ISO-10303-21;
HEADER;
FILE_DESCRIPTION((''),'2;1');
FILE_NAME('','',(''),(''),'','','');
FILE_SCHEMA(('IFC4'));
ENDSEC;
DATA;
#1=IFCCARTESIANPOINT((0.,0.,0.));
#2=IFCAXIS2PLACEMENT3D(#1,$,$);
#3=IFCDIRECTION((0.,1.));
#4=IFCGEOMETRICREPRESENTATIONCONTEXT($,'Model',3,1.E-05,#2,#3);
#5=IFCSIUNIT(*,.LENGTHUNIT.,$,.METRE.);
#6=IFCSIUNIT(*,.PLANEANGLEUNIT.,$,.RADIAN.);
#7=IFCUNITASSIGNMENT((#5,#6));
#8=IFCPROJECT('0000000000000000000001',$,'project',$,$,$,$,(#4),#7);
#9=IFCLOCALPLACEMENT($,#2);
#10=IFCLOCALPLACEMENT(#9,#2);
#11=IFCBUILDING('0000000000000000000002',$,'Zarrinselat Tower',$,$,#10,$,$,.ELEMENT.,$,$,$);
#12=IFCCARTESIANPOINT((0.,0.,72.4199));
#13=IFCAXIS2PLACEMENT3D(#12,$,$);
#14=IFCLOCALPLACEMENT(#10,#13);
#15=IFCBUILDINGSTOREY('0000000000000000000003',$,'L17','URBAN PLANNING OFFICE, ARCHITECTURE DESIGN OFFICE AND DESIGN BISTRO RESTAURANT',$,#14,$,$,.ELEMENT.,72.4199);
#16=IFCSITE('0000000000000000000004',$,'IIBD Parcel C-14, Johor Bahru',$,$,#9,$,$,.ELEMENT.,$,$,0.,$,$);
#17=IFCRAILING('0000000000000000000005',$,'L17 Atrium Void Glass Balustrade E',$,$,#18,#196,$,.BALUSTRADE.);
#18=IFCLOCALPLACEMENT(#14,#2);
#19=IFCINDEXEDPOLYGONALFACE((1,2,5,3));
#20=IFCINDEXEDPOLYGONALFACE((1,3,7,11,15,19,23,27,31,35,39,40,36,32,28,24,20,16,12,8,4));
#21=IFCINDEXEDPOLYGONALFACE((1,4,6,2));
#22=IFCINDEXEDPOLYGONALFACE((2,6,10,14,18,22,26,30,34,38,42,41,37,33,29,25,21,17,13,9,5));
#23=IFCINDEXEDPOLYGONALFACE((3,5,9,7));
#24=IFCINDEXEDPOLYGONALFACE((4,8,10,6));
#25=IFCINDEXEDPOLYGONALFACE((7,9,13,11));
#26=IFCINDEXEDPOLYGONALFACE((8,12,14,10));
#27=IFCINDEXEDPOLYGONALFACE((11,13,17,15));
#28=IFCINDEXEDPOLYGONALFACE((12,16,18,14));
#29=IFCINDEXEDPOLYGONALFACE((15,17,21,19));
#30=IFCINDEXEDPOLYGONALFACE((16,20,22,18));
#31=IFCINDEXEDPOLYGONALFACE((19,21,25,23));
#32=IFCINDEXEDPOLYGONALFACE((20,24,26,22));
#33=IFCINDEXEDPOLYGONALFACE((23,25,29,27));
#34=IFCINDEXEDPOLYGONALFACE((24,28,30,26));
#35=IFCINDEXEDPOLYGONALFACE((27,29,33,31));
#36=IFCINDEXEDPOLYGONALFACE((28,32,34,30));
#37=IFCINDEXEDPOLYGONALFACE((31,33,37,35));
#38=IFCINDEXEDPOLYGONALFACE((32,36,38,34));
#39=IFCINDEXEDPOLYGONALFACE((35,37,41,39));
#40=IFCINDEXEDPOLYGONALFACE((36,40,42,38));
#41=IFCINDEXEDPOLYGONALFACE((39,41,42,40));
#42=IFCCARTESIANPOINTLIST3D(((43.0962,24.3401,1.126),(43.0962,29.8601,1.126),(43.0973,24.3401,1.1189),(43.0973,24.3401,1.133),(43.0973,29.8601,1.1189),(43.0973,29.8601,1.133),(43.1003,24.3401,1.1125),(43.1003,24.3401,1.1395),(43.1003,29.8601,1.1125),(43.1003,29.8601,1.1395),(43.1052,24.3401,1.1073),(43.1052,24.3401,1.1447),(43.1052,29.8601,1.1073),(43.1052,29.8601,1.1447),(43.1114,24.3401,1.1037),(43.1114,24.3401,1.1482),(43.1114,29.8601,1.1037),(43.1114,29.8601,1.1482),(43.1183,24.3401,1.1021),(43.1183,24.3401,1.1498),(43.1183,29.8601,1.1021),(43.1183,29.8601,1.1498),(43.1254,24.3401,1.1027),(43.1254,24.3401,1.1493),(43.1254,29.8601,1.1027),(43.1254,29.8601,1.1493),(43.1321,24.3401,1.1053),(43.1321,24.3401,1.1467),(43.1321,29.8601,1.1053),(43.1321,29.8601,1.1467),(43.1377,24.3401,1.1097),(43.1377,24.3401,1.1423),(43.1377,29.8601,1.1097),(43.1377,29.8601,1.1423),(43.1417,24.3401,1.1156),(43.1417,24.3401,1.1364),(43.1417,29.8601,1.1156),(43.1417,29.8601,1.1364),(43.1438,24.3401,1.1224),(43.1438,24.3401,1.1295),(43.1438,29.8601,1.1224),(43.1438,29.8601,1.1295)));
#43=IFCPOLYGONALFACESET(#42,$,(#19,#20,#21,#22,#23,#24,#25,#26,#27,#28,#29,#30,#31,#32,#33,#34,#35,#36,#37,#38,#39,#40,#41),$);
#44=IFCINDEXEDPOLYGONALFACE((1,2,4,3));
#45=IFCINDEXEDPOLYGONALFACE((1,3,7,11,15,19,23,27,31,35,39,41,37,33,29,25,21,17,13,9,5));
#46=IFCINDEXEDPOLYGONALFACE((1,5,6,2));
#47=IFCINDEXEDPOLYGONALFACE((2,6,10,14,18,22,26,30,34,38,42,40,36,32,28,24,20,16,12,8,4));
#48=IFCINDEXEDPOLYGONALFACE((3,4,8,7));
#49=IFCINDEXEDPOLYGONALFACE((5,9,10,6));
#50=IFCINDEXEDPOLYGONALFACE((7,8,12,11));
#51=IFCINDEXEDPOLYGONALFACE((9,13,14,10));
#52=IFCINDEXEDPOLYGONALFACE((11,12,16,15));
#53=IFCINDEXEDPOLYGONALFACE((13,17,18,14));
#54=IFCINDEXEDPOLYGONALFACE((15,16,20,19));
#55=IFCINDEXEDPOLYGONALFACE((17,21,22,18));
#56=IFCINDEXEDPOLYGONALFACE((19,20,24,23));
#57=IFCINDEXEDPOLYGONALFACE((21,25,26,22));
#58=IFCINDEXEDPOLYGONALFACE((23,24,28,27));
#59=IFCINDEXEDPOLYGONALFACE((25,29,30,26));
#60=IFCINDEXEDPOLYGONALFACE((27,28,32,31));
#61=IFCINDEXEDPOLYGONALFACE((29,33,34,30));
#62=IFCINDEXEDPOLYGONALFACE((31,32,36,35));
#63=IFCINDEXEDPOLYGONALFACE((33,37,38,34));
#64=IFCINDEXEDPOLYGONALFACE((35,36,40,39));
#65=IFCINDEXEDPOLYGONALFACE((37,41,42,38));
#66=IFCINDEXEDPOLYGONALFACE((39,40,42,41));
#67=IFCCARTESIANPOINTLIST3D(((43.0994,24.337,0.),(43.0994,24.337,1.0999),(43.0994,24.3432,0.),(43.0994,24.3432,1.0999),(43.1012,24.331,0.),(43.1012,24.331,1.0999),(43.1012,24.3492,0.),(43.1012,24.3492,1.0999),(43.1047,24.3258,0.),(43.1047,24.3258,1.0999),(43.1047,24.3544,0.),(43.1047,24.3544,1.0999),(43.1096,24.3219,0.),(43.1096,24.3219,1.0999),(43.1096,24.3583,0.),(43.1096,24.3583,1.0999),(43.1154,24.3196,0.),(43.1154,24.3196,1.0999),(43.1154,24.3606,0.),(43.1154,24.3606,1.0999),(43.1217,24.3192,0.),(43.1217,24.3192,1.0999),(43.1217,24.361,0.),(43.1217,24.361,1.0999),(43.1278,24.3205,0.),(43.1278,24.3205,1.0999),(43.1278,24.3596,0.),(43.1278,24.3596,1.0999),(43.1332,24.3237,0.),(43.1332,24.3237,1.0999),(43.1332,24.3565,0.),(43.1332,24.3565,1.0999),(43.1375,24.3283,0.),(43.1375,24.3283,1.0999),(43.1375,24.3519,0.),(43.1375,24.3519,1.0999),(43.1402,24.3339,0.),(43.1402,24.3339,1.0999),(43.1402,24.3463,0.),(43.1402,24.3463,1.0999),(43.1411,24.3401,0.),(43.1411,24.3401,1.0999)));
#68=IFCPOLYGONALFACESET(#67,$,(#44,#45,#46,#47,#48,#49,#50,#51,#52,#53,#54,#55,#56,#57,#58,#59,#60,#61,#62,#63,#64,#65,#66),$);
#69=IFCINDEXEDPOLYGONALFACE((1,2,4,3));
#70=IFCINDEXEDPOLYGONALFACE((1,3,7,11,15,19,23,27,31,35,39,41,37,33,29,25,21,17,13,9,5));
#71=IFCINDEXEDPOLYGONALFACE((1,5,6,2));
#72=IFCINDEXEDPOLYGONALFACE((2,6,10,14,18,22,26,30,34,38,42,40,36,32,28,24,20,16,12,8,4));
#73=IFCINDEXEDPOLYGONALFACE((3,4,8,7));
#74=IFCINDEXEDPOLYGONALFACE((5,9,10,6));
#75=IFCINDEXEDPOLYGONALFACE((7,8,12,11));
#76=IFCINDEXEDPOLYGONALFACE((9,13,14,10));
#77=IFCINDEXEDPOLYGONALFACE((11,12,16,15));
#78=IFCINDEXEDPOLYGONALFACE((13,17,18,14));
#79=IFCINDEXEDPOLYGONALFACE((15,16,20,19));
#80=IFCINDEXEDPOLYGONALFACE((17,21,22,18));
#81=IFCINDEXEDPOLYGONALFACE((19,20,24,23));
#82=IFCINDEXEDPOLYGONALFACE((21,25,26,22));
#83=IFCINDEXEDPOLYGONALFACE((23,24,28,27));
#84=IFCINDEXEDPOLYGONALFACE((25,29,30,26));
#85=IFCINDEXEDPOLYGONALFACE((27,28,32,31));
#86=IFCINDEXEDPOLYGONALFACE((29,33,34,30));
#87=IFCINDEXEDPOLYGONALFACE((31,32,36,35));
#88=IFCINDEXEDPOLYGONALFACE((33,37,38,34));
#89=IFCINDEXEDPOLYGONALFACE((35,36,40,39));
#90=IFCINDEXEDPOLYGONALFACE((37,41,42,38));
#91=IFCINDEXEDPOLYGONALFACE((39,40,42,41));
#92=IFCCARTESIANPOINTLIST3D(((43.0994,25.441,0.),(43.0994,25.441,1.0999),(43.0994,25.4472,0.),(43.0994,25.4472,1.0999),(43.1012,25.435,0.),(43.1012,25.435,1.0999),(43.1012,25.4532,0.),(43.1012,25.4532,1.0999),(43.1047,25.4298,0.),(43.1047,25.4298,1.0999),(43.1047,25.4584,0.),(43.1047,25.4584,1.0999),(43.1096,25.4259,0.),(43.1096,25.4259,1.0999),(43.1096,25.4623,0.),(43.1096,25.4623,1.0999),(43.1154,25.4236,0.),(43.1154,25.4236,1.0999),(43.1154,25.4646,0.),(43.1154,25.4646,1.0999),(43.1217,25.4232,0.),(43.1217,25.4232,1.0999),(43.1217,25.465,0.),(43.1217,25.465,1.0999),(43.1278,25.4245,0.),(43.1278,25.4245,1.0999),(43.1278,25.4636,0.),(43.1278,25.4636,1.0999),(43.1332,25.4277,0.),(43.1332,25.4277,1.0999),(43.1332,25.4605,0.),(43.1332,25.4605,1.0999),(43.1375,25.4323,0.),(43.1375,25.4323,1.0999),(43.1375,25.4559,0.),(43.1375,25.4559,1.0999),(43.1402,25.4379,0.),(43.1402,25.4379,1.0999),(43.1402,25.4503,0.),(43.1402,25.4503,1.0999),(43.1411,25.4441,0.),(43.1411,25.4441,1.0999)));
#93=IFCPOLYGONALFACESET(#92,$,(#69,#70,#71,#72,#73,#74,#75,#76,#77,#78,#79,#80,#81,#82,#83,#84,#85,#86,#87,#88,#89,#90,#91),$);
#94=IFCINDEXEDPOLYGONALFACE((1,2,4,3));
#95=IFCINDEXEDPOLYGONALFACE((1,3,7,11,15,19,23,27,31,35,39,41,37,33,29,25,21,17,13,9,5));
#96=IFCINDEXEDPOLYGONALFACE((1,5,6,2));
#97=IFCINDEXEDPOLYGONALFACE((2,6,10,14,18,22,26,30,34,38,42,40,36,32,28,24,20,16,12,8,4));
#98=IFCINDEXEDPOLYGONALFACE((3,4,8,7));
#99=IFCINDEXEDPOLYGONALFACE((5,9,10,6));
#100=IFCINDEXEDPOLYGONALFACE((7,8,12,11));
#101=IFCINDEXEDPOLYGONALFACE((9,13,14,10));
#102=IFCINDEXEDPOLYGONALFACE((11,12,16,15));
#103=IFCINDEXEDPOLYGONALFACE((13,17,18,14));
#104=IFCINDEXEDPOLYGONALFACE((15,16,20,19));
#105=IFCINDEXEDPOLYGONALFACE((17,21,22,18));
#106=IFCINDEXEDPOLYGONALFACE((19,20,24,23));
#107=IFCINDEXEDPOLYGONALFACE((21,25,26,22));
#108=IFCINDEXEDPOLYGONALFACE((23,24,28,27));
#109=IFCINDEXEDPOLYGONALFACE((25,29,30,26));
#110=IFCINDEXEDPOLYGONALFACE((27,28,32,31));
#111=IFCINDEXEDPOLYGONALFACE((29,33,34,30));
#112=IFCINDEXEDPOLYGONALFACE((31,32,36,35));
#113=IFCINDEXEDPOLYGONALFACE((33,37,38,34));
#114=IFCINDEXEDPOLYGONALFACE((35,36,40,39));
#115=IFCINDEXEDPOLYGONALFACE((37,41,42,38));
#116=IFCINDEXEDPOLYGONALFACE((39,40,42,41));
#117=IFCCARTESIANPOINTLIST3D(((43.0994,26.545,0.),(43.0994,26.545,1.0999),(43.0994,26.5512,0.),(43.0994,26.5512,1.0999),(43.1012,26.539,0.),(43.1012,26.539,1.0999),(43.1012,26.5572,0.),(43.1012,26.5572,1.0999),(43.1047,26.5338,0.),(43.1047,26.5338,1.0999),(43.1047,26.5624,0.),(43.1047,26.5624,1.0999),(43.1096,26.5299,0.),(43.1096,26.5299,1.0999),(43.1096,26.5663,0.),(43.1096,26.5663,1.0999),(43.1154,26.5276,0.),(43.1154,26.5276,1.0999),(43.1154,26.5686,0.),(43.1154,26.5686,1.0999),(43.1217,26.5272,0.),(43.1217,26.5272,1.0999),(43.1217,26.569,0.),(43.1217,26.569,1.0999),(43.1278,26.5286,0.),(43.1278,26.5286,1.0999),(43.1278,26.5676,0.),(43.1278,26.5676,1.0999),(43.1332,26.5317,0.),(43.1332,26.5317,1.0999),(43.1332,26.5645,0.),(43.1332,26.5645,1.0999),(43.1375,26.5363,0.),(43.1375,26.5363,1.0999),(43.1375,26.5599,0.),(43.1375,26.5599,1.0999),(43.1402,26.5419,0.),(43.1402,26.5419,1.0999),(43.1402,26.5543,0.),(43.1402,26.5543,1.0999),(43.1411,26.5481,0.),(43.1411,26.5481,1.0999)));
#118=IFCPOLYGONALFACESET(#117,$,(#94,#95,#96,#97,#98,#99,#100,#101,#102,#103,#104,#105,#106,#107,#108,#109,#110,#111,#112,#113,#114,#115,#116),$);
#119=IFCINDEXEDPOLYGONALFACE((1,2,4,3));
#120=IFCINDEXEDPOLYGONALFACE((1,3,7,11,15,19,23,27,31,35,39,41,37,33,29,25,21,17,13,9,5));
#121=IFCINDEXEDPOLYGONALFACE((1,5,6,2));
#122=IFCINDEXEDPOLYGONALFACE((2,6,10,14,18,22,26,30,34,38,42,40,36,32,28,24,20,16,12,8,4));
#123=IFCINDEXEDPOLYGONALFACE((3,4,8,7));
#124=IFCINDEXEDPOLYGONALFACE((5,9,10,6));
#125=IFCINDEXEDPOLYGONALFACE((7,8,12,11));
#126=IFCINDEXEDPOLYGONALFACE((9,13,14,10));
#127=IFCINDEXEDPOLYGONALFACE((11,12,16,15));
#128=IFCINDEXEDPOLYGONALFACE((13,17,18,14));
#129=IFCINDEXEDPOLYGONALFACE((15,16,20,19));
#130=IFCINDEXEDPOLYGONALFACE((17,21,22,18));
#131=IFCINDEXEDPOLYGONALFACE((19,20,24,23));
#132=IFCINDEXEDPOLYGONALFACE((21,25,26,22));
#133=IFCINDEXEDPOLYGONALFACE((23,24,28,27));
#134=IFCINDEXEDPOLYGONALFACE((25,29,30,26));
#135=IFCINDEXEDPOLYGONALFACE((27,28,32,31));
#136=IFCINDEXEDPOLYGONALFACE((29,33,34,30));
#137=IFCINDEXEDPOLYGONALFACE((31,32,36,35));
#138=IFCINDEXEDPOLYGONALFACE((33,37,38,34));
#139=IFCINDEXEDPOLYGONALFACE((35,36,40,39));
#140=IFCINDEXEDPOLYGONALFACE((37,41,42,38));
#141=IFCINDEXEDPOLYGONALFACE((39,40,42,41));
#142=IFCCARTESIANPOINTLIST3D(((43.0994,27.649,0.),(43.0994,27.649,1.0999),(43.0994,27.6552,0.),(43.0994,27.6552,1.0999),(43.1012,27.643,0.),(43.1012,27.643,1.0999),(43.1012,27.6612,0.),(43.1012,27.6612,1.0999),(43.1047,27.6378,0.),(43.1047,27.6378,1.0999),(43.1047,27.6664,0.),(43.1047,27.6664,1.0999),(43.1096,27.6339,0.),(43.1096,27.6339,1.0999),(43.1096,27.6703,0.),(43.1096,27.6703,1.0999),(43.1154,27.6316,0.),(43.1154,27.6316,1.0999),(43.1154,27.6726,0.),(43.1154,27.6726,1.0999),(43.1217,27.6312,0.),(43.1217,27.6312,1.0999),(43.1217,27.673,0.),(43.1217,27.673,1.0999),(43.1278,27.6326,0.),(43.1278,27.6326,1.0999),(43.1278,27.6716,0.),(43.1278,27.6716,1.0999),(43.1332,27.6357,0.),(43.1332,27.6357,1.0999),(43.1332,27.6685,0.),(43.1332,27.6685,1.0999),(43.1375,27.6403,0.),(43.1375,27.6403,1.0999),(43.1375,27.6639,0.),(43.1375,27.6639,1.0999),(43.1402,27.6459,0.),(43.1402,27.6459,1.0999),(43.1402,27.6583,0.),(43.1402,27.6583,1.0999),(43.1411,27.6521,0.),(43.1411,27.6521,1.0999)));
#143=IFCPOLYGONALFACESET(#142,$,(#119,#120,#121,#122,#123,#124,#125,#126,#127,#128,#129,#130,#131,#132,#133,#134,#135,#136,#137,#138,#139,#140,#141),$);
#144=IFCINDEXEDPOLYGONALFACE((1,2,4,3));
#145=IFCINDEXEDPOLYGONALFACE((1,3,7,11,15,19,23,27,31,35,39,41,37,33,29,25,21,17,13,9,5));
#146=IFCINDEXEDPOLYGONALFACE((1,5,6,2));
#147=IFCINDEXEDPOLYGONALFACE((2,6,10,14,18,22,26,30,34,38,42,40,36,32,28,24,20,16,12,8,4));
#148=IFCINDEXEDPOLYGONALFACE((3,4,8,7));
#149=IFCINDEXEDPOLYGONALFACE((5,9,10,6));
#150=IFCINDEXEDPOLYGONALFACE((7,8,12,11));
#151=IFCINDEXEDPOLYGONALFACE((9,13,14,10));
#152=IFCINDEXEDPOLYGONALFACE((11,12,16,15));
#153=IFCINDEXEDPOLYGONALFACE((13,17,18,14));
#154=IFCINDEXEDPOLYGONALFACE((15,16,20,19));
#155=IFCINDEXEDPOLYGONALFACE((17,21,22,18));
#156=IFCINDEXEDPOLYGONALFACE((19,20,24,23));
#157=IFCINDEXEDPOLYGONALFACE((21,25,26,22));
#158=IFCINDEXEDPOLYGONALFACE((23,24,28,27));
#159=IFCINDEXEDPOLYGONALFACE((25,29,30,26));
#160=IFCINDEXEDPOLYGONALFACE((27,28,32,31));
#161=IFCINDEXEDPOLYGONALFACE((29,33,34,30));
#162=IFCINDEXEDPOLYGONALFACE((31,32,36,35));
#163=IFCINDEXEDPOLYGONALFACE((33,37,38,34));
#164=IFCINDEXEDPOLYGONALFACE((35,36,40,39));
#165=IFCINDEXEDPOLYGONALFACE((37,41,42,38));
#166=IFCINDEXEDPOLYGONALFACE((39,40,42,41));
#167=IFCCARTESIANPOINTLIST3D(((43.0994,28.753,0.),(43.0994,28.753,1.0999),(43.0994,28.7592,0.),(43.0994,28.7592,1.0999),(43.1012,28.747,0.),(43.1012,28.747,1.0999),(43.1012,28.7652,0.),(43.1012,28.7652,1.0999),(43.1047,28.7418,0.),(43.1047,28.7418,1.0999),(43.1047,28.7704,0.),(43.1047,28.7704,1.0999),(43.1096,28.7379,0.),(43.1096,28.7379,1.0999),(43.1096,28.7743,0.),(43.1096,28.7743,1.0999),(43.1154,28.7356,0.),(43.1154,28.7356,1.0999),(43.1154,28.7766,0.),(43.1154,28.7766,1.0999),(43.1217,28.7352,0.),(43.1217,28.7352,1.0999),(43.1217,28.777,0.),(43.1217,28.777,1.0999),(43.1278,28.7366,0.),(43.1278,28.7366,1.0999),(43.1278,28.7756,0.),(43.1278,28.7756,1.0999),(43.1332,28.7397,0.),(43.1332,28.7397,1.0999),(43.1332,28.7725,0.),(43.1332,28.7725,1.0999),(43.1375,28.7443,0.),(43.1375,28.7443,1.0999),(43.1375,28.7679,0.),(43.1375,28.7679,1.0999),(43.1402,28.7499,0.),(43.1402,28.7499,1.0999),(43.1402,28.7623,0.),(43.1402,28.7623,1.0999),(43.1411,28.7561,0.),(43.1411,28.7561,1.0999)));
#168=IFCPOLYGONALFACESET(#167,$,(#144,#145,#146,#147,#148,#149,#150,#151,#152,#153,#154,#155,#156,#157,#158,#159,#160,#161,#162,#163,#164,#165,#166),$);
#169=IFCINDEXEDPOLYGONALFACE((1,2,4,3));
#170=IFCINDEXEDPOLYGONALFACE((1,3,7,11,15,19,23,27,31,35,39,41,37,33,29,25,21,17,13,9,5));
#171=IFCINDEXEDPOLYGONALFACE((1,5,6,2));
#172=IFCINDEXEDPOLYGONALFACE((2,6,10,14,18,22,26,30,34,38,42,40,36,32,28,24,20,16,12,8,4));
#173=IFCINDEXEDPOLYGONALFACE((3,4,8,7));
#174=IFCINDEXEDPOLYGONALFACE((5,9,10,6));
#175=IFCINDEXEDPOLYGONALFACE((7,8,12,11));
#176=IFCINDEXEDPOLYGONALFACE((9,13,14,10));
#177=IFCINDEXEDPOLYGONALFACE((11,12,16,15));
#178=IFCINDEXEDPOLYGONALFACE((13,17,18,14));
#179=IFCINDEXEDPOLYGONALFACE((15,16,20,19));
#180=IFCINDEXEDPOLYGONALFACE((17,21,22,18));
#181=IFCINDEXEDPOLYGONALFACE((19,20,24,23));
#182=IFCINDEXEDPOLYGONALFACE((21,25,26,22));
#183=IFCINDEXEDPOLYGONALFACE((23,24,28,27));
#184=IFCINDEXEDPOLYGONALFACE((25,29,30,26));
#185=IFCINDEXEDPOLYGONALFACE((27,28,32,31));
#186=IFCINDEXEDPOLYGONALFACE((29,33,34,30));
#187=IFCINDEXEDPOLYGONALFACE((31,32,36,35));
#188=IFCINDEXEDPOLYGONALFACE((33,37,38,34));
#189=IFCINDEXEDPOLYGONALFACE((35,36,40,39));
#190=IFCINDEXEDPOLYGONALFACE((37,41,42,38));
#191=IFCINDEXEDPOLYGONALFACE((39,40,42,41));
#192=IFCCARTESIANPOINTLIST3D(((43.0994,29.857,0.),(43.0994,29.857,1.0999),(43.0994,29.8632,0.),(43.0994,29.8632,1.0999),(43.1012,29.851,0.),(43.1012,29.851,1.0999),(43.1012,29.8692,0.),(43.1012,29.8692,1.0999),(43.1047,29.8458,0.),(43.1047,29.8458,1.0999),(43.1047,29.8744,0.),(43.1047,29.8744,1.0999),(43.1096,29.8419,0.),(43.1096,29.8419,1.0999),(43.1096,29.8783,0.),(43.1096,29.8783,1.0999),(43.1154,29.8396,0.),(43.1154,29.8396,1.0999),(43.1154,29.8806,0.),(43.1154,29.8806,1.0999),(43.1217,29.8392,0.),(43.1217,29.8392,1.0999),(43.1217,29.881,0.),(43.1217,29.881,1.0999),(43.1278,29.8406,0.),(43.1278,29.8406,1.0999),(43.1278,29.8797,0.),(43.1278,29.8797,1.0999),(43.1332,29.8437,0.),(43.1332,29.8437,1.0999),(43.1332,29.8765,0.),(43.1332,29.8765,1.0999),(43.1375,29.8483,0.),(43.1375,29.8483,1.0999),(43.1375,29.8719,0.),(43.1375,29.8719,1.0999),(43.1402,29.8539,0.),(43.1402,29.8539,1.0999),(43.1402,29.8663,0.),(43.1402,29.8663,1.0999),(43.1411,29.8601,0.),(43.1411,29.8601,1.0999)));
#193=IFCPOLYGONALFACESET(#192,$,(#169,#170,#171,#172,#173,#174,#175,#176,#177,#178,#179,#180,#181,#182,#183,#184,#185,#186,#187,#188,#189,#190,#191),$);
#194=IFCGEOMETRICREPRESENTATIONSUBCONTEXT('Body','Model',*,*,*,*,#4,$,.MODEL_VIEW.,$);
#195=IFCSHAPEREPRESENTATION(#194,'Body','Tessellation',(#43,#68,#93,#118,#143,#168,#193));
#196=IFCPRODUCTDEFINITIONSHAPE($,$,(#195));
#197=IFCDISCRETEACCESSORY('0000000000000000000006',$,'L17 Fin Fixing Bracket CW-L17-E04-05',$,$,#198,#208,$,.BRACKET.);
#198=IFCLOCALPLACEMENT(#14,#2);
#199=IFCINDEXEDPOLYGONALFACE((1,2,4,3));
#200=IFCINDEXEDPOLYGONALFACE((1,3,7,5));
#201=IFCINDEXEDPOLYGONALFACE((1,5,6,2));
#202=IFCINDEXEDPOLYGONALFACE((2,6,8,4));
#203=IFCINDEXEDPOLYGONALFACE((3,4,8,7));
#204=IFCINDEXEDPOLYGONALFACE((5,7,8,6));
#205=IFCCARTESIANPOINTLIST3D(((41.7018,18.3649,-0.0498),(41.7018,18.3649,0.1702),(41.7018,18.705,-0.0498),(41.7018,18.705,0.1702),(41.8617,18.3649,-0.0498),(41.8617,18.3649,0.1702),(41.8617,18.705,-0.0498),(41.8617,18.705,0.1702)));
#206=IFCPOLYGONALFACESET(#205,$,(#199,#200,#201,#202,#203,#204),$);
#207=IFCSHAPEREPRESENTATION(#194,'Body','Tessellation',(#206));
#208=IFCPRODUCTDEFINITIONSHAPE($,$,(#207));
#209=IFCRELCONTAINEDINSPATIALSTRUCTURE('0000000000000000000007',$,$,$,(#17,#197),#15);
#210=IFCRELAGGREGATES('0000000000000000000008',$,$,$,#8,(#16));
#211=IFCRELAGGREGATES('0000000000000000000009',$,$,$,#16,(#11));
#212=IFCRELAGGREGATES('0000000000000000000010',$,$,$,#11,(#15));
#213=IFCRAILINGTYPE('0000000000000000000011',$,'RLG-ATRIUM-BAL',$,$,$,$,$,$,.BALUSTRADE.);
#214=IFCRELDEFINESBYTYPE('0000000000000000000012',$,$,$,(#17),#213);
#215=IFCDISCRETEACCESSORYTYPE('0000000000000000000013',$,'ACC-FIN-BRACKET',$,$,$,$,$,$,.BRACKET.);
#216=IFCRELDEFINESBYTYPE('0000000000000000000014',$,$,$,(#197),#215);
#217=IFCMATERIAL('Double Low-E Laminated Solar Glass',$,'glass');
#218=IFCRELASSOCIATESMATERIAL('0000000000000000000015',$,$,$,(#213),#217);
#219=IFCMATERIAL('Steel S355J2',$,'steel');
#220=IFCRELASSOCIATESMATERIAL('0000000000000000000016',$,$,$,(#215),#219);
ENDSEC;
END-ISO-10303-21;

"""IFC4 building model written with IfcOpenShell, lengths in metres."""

from ifc_helpers import new_model, si_unit, direction, frame, origin, origin_2d, place, context, subcontext, project, spatial, rectangle, circle, extrude, material, type_object, element, save


model = new_model("IFC4")

# Units and contexts
model_context = context("Model", 3, precision=1e-05, world=origin(), true_north=direction((0.0, 1.0)))
body_context = subcontext(model_context, "Body", "Model", "MODEL_VIEW")
ifc_project = project(units=[si_unit("LENGTHUNIT", "METRE"), si_unit("PLANEANGLEUNIT", "RADIAN")], contexts=[model_context])

# Site, building, storey
site_placement = place(None, origin())
site = spatial("IfcSite", under=ifc_project, at=site_placement, Name="IIBD Parcel C-14, Johor Bahru", CompositionType="ELEMENT", RefElevation=0.0)
building_placement = place(site_placement, origin())
building = spatial("IfcBuilding", under=site, at=building_placement, Name="Zarrinselat Tower", CompositionType="ELEMENT")
storey_placement = place(building_placement, frame((0.0, 0.0, 72.4199)))
storey = spatial("IfcBuildingStorey", under=building, at=storey_placement, Name="L17", Description="URBAN PLANNING OFFICE, ARCHITECTURE DESIGN OFFICE AND DESIGN BISTRO RESTAURANT", CompositionType="ELEMENT", Elevation=72.4199)

# Railing
ifc_material_1 = material(Name="Double Low-E Laminated Solar Glass", Category="glass")
railing_type = type_object("IfcRailingType", Name="RLG-ATRIUM-BAL", PredefinedType="BALUSTRADE", material=ifc_material_1)
railing_placement = place(storey_placement, frame((43.1201, 24.3401, 0.0)))
element("IfcRailing", 1, at=railing_placement, inside=storey, type_object=railing_type, Name="L17 Atrium Void Glass Balustrade E", PredefinedType="BALUSTRADE", context=body_context, shape_type="SweptSolid", body=[
    extrude(circle(Radius=0.0239, at=origin_2d()), frame((0.0, 0.0, 1.126), z_axis=(0.0, 1.0, 0.0), x_axis=(-1.0, 0.0, 0.0)), (0.0, 0.0, 1.0), 5.52),
    extrude(circle(Radius=0.021, at=origin_2d()), origin(), (0.0, 0.0, 1.0), 1.0999),
    extrude(circle(Radius=0.021, at=origin_2d()), frame((0.0, 1.104, 0.0)), (0.0, 0.0, 1.0), 1.0999),
    extrude(circle(Radius=0.021, at=origin_2d()), frame((0.0, 2.208, 0.0)), (0.0, 0.0, 1.0), 1.0999),
    extrude(circle(Radius=0.021, at=origin_2d()), frame((0.0, 3.312, 0.0)), (0.0, 0.0, 1.0), 1.0999),
    extrude(circle(Radius=0.021, at=origin_2d()), frame((0.0, 4.416, 0.0)), (0.0, 0.0, 1.0), 1.0999),
    extrude(circle(Radius=0.021, at=origin_2d()), frame((0.0, 5.52, 0.0)), (0.0, 0.0, 1.0), 1.0999),
])

# Discrete accessory
ifc_material_2 = material(Name="Steel S355J2", Category="steel")
discrete_accessory_type = type_object("IfcDiscreteAccessoryType", Name="ACC-FIN-BRACKET", PredefinedType="BRACKET", material=ifc_material_2)
discrete_accessory_placement = place(storey_placement, frame((41.7817, 18.5349, -0.0498), z_axis=(0.0, 0.0, 1.0), x_axis=(0.0, -1.0, 0.0)))
element("IfcDiscreteAccessory", 2, at=discrete_accessory_placement, inside=storey, type_object=discrete_accessory_type, Name="L17 Fin Fixing Bracket CW-L17-E04-05", PredefinedType="BRACKET", context=body_context, shape_type="SweptSolid", body=[
    extrude(rectangle(XDim=0.3401, YDim=0.1599, at=origin_2d()), origin(), (0.0, 0.0, 1.0), 0.22),
])

save(model, "model.ifc")
